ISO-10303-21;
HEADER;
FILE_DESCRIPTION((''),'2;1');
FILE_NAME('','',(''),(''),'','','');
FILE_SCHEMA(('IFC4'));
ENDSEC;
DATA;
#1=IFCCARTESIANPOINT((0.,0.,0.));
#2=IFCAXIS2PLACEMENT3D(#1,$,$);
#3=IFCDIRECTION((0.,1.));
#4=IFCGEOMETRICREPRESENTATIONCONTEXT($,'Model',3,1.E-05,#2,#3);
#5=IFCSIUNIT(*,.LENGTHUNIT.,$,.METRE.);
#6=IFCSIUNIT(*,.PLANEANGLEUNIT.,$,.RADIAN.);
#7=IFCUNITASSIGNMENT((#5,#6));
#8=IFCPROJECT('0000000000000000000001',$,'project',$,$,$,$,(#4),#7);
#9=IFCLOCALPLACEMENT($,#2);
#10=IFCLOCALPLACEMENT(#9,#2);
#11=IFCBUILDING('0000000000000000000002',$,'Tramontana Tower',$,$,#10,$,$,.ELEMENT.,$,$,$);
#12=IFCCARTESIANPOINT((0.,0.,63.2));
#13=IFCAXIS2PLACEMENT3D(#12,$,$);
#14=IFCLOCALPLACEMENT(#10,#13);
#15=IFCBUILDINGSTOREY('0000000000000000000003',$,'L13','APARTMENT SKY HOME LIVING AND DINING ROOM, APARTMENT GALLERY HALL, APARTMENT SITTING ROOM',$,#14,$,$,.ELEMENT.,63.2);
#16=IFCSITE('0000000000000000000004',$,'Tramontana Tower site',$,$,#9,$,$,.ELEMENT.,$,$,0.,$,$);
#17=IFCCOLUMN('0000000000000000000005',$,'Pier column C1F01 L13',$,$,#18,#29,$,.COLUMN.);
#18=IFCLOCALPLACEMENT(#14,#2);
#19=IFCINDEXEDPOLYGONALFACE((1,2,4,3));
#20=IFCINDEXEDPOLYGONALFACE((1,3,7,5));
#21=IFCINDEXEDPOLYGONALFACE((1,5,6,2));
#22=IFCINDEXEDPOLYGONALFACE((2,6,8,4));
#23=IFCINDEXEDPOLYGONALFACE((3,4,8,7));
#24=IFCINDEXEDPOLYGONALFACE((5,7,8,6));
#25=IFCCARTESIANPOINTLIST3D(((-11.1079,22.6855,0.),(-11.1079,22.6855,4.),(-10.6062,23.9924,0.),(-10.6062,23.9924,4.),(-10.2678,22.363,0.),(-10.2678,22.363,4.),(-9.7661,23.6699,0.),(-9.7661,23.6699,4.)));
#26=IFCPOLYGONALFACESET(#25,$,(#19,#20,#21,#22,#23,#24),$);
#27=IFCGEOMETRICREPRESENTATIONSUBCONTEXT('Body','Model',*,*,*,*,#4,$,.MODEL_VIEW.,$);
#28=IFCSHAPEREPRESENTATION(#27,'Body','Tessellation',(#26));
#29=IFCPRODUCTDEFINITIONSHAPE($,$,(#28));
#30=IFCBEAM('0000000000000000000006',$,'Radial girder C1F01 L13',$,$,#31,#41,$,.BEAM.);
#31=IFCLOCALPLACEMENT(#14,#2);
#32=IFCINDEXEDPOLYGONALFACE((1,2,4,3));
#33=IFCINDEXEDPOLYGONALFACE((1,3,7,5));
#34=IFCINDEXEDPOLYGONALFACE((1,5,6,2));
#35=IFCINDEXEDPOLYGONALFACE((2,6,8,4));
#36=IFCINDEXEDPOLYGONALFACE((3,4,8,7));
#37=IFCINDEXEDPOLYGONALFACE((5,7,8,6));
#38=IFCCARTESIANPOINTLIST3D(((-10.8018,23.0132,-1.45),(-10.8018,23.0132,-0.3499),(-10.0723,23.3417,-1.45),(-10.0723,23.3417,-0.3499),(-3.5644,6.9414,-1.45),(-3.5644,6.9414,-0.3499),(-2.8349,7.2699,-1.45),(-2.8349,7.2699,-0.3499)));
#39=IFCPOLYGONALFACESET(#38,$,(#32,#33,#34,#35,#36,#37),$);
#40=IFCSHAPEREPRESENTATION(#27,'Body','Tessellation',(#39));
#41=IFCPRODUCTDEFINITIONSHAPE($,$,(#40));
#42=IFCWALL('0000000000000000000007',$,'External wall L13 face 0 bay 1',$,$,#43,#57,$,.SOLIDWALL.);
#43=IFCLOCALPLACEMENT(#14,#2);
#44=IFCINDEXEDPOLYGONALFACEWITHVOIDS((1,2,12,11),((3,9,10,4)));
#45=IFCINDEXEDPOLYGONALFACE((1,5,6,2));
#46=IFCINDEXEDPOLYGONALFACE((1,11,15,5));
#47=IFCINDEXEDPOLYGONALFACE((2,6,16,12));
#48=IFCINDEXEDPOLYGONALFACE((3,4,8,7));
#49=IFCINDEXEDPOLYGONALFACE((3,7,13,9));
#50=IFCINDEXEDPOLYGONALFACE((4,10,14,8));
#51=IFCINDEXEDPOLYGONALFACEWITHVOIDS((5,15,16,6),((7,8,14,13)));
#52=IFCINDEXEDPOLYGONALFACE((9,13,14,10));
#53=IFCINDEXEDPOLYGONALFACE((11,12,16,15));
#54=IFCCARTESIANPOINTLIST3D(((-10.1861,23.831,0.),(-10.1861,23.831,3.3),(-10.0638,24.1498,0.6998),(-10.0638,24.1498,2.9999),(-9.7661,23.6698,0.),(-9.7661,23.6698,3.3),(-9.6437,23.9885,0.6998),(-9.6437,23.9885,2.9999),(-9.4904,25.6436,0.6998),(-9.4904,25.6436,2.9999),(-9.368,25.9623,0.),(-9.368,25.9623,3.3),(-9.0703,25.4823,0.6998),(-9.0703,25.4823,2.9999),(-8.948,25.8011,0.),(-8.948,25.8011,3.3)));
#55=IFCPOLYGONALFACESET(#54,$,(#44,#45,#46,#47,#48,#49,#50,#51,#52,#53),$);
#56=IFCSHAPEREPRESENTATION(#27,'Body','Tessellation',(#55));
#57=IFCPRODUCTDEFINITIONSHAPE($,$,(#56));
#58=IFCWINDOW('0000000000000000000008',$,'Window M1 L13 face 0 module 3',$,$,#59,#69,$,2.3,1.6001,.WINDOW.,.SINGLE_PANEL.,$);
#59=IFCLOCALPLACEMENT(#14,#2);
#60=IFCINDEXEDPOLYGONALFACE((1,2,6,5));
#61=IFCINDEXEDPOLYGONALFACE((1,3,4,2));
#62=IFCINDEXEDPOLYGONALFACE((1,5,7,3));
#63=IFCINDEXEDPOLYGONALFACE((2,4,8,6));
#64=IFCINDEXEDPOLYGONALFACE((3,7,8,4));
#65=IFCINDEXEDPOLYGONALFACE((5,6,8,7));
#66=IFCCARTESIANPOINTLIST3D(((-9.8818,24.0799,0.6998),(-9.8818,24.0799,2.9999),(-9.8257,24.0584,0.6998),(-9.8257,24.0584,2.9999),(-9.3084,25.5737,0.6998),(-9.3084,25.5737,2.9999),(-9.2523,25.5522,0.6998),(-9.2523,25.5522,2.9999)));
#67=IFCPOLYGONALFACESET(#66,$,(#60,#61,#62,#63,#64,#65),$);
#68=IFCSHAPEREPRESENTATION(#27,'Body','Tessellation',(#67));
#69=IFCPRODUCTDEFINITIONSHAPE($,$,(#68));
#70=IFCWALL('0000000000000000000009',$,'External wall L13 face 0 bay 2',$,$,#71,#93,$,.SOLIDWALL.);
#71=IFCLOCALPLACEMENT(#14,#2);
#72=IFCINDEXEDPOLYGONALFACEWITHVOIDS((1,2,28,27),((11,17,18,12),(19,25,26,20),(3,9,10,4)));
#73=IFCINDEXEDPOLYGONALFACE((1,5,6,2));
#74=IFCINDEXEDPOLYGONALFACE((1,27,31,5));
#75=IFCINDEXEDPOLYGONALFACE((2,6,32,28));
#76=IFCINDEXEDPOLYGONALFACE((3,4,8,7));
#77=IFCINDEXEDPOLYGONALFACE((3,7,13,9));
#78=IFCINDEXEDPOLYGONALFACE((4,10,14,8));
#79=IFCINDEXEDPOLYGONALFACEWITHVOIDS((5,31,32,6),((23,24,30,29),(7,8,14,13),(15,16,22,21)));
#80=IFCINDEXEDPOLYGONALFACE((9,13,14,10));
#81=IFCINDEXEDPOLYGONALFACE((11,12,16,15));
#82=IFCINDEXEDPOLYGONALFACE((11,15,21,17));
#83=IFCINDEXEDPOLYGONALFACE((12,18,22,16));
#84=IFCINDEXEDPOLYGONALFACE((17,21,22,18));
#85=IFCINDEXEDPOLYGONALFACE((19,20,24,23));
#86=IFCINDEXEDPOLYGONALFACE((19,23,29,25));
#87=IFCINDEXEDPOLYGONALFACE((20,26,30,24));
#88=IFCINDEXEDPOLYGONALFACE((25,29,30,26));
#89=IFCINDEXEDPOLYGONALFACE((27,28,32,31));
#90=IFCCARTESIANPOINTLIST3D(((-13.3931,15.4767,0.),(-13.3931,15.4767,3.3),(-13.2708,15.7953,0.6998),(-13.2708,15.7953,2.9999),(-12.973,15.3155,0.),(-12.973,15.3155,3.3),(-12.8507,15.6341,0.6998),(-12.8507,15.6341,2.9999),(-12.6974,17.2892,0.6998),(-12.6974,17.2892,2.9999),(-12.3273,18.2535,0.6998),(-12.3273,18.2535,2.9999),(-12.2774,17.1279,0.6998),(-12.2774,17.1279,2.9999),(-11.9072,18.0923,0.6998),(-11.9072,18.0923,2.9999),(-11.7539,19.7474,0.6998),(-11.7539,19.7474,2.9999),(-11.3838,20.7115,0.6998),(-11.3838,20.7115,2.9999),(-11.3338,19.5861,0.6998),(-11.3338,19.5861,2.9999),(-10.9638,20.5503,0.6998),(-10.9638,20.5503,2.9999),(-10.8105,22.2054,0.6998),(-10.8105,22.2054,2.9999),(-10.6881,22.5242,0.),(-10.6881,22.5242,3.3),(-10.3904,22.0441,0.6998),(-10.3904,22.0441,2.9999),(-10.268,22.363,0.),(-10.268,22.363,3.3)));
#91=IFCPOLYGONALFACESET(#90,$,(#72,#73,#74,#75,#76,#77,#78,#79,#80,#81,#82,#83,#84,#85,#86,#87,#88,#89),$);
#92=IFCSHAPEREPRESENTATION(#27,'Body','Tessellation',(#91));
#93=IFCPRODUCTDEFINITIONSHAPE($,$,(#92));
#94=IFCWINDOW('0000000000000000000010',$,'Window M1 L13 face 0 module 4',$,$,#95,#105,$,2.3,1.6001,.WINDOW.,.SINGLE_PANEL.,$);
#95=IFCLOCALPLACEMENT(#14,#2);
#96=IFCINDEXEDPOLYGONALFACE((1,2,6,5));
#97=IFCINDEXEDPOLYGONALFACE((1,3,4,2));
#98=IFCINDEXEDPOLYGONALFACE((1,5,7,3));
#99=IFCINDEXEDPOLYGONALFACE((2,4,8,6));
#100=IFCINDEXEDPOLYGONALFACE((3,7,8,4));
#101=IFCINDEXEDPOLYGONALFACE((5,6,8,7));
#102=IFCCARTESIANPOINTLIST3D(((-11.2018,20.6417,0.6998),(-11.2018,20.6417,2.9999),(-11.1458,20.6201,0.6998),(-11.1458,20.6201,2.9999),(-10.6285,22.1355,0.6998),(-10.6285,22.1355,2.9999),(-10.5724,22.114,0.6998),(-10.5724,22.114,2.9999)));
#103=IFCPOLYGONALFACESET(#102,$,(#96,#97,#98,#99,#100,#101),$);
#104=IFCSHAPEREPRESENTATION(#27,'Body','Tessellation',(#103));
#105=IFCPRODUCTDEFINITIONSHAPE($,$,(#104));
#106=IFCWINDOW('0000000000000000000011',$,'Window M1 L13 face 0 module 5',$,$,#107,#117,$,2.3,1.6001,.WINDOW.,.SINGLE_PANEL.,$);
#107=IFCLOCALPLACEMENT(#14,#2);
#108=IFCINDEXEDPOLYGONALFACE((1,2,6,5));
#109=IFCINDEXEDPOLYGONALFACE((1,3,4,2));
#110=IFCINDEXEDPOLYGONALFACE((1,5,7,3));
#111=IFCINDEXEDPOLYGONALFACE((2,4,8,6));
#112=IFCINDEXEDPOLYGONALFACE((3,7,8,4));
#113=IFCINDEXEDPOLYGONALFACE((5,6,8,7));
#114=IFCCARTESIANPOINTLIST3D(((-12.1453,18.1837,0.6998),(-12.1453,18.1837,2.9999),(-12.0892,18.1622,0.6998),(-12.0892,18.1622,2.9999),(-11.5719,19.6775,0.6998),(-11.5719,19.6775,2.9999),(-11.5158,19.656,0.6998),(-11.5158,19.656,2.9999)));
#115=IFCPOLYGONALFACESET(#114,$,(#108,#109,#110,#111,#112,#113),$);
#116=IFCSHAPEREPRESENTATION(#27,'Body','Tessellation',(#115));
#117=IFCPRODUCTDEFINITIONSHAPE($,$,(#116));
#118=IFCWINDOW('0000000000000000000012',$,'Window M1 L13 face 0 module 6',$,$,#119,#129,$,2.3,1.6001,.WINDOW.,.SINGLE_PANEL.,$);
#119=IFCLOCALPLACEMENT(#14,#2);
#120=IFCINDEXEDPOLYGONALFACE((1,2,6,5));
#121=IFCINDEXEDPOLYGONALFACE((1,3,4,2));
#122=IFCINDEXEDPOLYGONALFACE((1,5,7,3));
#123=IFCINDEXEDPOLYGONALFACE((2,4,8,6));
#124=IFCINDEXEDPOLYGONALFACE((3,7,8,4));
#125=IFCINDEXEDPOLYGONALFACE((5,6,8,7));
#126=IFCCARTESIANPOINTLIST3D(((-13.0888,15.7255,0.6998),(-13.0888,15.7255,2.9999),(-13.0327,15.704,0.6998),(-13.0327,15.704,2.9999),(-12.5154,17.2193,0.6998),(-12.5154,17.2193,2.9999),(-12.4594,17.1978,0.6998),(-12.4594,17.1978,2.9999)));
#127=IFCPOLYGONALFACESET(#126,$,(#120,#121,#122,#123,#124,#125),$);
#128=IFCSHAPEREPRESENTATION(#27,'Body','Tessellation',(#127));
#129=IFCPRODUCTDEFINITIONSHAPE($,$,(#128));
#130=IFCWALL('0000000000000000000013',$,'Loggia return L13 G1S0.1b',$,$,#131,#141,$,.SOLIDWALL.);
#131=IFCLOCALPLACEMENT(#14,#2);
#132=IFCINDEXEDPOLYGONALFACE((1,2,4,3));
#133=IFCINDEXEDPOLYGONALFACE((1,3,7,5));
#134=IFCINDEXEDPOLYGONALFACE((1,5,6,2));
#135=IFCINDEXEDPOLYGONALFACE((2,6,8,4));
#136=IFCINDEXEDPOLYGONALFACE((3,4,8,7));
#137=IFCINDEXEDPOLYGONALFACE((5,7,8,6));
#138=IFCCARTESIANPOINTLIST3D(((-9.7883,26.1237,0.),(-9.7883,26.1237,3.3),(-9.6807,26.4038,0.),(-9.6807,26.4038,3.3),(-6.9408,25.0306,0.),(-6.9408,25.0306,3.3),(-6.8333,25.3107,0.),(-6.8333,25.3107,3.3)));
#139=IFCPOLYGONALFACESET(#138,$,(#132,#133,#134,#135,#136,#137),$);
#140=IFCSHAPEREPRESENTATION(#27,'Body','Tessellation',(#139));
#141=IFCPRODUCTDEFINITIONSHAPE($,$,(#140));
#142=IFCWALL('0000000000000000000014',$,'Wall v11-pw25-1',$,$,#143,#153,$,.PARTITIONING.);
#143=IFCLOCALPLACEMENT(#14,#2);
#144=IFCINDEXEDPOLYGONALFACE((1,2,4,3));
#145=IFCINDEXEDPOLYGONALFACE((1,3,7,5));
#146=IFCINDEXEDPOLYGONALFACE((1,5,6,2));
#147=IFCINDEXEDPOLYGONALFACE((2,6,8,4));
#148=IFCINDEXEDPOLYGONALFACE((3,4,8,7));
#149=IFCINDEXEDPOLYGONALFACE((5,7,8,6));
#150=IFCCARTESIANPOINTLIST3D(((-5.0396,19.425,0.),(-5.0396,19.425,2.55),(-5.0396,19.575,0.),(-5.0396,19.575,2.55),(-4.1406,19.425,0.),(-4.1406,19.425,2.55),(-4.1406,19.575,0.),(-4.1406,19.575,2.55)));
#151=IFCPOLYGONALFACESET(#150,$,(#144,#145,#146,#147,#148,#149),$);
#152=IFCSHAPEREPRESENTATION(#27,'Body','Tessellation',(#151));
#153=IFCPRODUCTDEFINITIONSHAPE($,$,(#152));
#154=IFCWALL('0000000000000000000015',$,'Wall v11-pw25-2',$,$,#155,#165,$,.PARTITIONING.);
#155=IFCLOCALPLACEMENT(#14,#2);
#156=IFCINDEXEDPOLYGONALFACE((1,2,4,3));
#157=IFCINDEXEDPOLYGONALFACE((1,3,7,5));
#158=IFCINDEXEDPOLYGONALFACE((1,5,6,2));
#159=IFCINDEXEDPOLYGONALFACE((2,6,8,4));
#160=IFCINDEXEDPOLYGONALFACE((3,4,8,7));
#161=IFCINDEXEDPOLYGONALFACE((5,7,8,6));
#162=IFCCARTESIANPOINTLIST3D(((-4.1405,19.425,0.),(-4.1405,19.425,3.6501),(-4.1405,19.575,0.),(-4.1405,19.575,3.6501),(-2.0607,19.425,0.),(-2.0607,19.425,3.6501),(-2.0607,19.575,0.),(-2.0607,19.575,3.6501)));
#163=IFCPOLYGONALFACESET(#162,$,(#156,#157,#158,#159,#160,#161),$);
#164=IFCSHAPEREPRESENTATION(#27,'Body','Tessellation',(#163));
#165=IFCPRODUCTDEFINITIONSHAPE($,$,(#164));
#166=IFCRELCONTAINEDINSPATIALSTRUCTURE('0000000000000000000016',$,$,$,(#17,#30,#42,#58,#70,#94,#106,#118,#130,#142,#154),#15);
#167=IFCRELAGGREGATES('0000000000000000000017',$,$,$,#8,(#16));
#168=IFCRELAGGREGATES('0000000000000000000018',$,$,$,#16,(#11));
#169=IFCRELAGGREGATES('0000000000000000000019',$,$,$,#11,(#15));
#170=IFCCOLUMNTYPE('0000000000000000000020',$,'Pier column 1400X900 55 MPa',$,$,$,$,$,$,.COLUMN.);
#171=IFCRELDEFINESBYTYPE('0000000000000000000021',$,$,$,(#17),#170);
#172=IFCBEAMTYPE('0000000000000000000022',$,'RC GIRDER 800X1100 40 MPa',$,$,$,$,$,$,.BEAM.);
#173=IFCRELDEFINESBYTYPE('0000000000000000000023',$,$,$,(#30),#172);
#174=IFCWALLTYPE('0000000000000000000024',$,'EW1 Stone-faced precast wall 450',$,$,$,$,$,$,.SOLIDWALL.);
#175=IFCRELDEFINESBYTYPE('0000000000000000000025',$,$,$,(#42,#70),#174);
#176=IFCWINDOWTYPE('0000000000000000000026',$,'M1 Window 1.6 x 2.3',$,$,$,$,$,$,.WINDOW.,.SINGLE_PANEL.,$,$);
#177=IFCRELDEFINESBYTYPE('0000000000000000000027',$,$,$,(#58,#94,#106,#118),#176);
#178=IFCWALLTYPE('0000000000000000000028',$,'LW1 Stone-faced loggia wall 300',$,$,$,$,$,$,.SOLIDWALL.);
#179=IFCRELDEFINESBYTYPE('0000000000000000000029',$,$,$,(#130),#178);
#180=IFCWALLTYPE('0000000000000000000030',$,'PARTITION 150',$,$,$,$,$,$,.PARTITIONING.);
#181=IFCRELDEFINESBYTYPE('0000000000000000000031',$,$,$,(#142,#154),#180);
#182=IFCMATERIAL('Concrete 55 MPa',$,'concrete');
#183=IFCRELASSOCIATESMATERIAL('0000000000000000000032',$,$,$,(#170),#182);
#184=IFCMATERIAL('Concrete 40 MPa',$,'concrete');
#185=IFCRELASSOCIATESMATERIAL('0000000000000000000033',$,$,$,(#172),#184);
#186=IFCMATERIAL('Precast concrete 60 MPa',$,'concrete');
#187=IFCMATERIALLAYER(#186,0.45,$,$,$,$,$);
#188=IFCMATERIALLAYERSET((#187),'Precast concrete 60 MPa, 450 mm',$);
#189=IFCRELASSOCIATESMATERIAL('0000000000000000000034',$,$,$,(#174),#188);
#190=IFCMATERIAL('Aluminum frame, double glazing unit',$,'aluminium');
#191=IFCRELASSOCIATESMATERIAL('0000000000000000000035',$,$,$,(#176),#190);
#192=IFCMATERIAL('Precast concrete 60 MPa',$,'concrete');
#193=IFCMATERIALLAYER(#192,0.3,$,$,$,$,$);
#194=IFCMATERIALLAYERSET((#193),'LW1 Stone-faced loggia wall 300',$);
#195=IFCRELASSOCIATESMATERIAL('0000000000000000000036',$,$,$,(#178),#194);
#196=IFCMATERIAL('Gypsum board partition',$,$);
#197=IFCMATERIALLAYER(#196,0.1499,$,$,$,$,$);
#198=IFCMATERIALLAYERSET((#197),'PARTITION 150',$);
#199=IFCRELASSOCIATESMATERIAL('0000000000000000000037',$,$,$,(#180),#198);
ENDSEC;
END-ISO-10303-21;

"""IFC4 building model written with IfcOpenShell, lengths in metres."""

from ifc_helpers import new_model, si_unit, direction, frame, frame_2d, origin, origin_2d, place, context, subcontext, project, spatial, rectangle, extrude, material, layer, layer_set, material_profile, profile_set, type_object, element, fill, save


model = new_model("IFC4")

# Units and contexts
model_context = context("Model", 3, precision=1e-05, world=origin(), true_north=direction((0.0, 1.0)))
body_context = subcontext(model_context, "Body", "Model", "MODEL_VIEW")
ifc_project = project(units=[si_unit("LENGTHUNIT", "METRE"), si_unit("PLANEANGLEUNIT", "RADIAN")], contexts=[model_context])

# Site, building, storey
site_placement = place(None, origin())
site = spatial("IfcSite", under=ifc_project, at=site_placement, Name="Tramontana Tower site", CompositionType="ELEMENT", RefElevation=0.0)
building_placement = place(site_placement, origin())
building = spatial("IfcBuilding", under=site, at=building_placement, Name="Tramontana Tower", CompositionType="ELEMENT")
storey_placement = place(building_placement, frame((0.0, 0.0, 63.2)))
storey = spatial("IfcBuildingStorey", under=building, at=storey_placement, Name="L13", Description="APARTMENT SKY HOME LIVING AND DINING ROOM, APARTMENT GALLERY HALL, APARTMENT SITTING ROOM", CompositionType="ELEMENT", Elevation=63.2)

# Column
ifc_material_1 = material(Name="Concrete 55 MPa", Category="concrete")
ifc_material_profile_1 = material_profile(ifc_material_1, rectangle(XDim=1.3999, YDim=0.8999, at=origin_2d()), Name="Pier column 1400X900 55 MPa")
ifc_profile_set_1 = profile_set([ifc_material_profile_1], Name="Concrete 55 MPa")
column_type = type_object("IfcColumnType", Name="Pier column 1400X900 55 MPa", PredefinedType="COLUMN", material=ifc_profile_set_1)
column_placement = place(storey_placement, frame((-10.437, 23.1777, 0.0), z_axis=(0.0, 0.0, 1.0), x_axis=(-0.358368, -0.93358, 0.0)))
element("IfcColumn", 1, at=column_placement, inside=storey, type_object=column_type, Name="Pier column C1F01 L13", PredefinedType="COLUMN", context=body_context, shape_type="SweptSolid", body=[
    extrude(rectangle(XDim=1.3999, YDim=0.8999, at=origin_2d()), origin(), (0.0, 0.0, 1.0), 4.0),
])

# Beam
ifc_material_2 = material(Name="Concrete 40 MPa", Category="concrete")
ifc_material_profile_2 = material_profile(ifc_material_2, rectangle(XDim=0.8, YDim=1.1001, at=origin_2d()), Name="RC GIRDER 800X1100 40 MPa")
ifc_profile_set_2 = profile_set([ifc_material_profile_2], Name="Concrete 40 MPa")
beam_type = type_object("IfcBeamType", Name="RC GIRDER 800X1100 40 MPa", PredefinedType="BEAM", material=ifc_profile_set_2)
beam_placement = place(storey_placement, frame((-10.437, 23.1775, -0.8999), z_axis=(0.410601, -0.911815, 0.0), x_axis=(0.911815, 0.410601, 0.0)))
element("IfcBeam", 2, at=beam_placement, inside=storey, type_object=beam_type, Name="Radial girder C1F01 L13", PredefinedType="BEAM", context=body_context, shape_type="SweptSolid", body=[
    extrude(rectangle(XDim=0.8, YDim=1.1001, at=origin_2d()), origin(), (0.0, 0.0, 1.0), 17.6262),
])

# Wall, opening, window
ifc_material_3 = material(Name="Precast concrete 60 MPa", Category="concrete")
ifc_layer_1 = layer(ifc_material_3, 0.45)
ifc_layer_set_1 = layer_set([ifc_layer_1], Name="Precast concrete 60 MPa, 450 mm")
wall_type_1 = type_object("IfcWallType", Name="EW1 Stone-faced precast wall 450", PredefinedType="SOLIDWALL", material=ifc_layer_set_1)
wall_1_placement = place(storey_placement, frame((-9.158, 25.8818, 0.0), z_axis=(0.0, 0.0, 1.0), x_axis=(-0.358356, -0.933585, 0.0)))
wall_1 = element("IfcWall", 3, at=wall_1_placement, inside=storey, type_object=wall_type_1, Name="External wall L13 face 0 bay 1", PredefinedType="SOLIDWALL", context=body_context, shape_type="SweptSolid", body=[
    extrude(rectangle(XDim=2.283, YDim=0.45, at=frame_2d((1.1416, 0.0))), origin(), (0.0, 0.0, 1.0), 3.3),
])
opening_1_placement = place(wall_1_placement, frame((0.3416, 0.0, 0.7)))
opening_1 = element("IfcOpeningElement", 4, at=opening_1_placement, cuts=wall_1, PredefinedType="OPENING", context=body_context, shape_type="SweptSolid", body=[
    extrude(rectangle(XDim=1.6001, YDim=2.3, at=frame_2d((0.8, 1.1499))), frame((0.0, 0.2349, 0.0), z_axis=(0.0, -1.0, 0.0), x_axis=(1.0, 0.0, 0.0)), (0.0, 0.0, 1.0), 0.47),
])
ifc_material_4 = material(Name="Aluminum frame, double glazing unit", Category="aluminium")
window_type = type_object("IfcWindowType", Name="M1 Window 1.6 x 2.3", PartitioningType="SINGLE_PANEL", PredefinedType="WINDOW", material=ifc_material_4)
window_1_placement = place(opening_1_placement, origin())
window_1 = element("IfcWindow", 5, at=window_1_placement, inside=storey, type_object=window_type, Name="Window M1 L13 face 0 module 3", OverallHeight=2.3, OverallWidth=1.6001, PartitioningType="SINGLE_PANEL", PredefinedType="WINDOW", context=body_context, shape_type="SweptSolid", body=[
    extrude(rectangle(XDim=1.6001, YDim=2.3, at=frame_2d((0.8, 1.1499))), frame((0.0, 0.03, 0.0), z_axis=(0.0, -1.0, 0.0), x_axis=(1.0, 0.0, 0.0)), (0.0, 0.0, 1.0), 0.0601),
])
fill(opening_1, window_1)

# Wall, openings, windows
wall_2_placement = place(storey_placement, frame((-10.478, 22.4436, 0.0), z_axis=(0.0, 0.0, 1.0), x_axis=(-0.35834, -0.933591, 0.0)))
wall_2 = element("IfcWall", 6, at=wall_2_placement, inside=storey, type_object=wall_type_1, Name="External wall L13 face 0 bay 2", PredefinedType="SOLIDWALL", context=body_context, shape_type="SweptSolid", body=[
    extrude(rectangle(XDim=7.5488, YDim=0.45, at=frame_2d((3.7744, 0.0))), origin(), (0.0, 0.0, 1.0), 3.3),
])
opening_2_placement = place(wall_2_placement, frame((0.3416, 0.0, 0.7)))
opening_2 = element("IfcOpeningElement", 7, at=opening_2_placement, cuts=wall_2, PredefinedType="OPENING", context=body_context, shape_type="SweptSolid", body=[
    extrude(rectangle(XDim=1.6001, YDim=2.3, at=frame_2d((0.8, 1.1499))), frame((0.0, 0.2349, 0.0), z_axis=(0.0, -1.0, 0.0), x_axis=(1.0, 0.0, 0.0)), (0.0, 0.0, 1.0), 0.47),
])
opening_3_placement = place(wall_2_placement, frame((2.9744, 0.0, 0.7)))
opening_3 = element("IfcOpeningElement", 8, at=opening_3_placement, cuts=wall_2, PredefinedType="OPENING", context=body_context, shape_type="SweptSolid", body=[
    extrude(rectangle(XDim=1.6001, YDim=2.3, at=frame_2d((0.8, 1.1499))), frame((0.0, 0.2349, 0.0), z_axis=(0.0, -1.0, 0.0), x_axis=(1.0, 0.0, 0.0)), (0.0, 0.0, 1.0), 0.47),
])
opening_4_placement = place(wall_2_placement, frame((5.6074, 0.0, 0.7)))
opening_4 = element("IfcOpeningElement", 9, at=opening_4_placement, cuts=wall_2, PredefinedType="OPENING", context=body_context, shape_type="SweptSolid", body=[
    extrude(rectangle(XDim=1.6001, YDim=2.3, at=frame_2d((0.8, 1.1499))), frame((0.0, 0.2349, 0.0), z_axis=(0.0, -1.0, 0.0), x_axis=(1.0, 0.0, 0.0)), (0.0, 0.0, 1.0), 0.47),
])
window_2_placement = place(opening_2_placement, origin())
window_2 = element("IfcWindow", 10, at=window_2_placement, inside=storey, type_object=window_type, Name="Window M1 L13 face 0 module 4", OverallHeight=2.3, OverallWidth=1.6001, PartitioningType="SINGLE_PANEL", PredefinedType="WINDOW", context=body_context, shape_type="SweptSolid", body=[
    extrude(rectangle(XDim=1.6001, YDim=2.3, at=frame_2d((0.8, 1.1499))), frame((0.0, 0.03, 0.0), z_axis=(0.0, -1.0, 0.0), x_axis=(1.0, 0.0, 0.0)), (0.0, 0.0, 1.0), 0.0601),
])
fill(opening_2, window_2)
window_3_placement = place(opening_3_placement, origin())
window_3 = element("IfcWindow", 11, at=window_3_placement, inside=storey, type_object=window_type, Name="Window M1 L13 face 0 module 5", OverallHeight=2.3, OverallWidth=1.6001, PartitioningType="SINGLE_PANEL", PredefinedType="WINDOW", context=body_context, shape_type="SweptSolid", body=[
    extrude(rectangle(XDim=1.6001, YDim=2.3, at=frame_2d((0.8, 1.1499))), frame((0.0, 0.03, 0.0), z_axis=(0.0, -1.0, 0.0), x_axis=(1.0, 0.0, 0.0)), (0.0, 0.0, 1.0), 0.0601),
])
fill(opening_3, window_3)
window_4_placement = place(opening_4_placement, origin())
window_4 = element("IfcWindow", 12, at=window_4_placement, inside=storey, type_object=window_type, Name="Window M1 L13 face 0 module 6", OverallHeight=2.3, OverallWidth=1.6001, PartitioningType="SINGLE_PANEL", PredefinedType="WINDOW", context=body_context, shape_type="SweptSolid", body=[
    extrude(rectangle(XDim=1.6001, YDim=2.3, at=frame_2d((0.8, 1.1499))), frame((0.0, 0.03, 0.0), z_axis=(0.0, -1.0, 0.0), x_axis=(1.0, 0.0, 0.0)), (0.0, 0.0, 1.0), 0.0601),
])
fill(opening_4, window_4)

# Shared definitions
ifc_material_5 = material(Name="Precast concrete 60 MPa", Category="concrete")
ifc_layer_2 = layer(ifc_material_5, 0.3)
ifc_layer_set_2 = layer_set([ifc_layer_2], Name="LW1 Stone-faced loggia wall 300")
wall_type_2 = type_object("IfcWallType", Name="LW1 Stone-faced loggia wall 300", PredefinedType="SOLIDWALL", material=ifc_layer_set_2)

# Wall
wall_3_placement = place(storey_placement, frame((-9.7344, 26.2637, 0.0), z_axis=(0.0, 0.0, 1.0), x_axis=(0.933581, -0.358368, 0.0)))
element("IfcWall", 13, at=wall_3_placement, inside=storey, type_object=wall_type_2, Name="Loggia return L13 G1S0.1b", PredefinedType="SOLIDWALL", context=body_context, shape_type="SweptSolid", body=[
    extrude(rectangle(XDim=3.05, YDim=0.3, at=frame_2d((1.5249, 0.0))), origin(), (0.0, 0.0, 1.0), 3.3),
])

# Shared definitions
ifc_material_6 = material(Name="Gypsum board partition")
ifc_layer_3 = layer(ifc_material_6, 0.1499)
ifc_layer_set_3 = layer_set([ifc_layer_3], Name="PARTITION 150")
wall_type_3 = type_object("IfcWallType", Name="PARTITION 150", PredefinedType="PARTITIONING", material=ifc_layer_set_3)

# Walls
wall_4_placement = place(storey_placement, frame((-5.0396, 19.5, 0.0), z_axis=(0.0, 0.0, 1.0), x_axis=(1.0, 0.0, 0.0)))
element("IfcWall", 14, at=wall_4_placement, inside=storey, type_object=wall_type_3, Name="Wall v11-pw25-1", PredefinedType="PARTITIONING", context=body_context, shape_type="SweptSolid", body=[
    extrude(rectangle(XDim=0.8989, YDim=0.1499, at=frame_2d((0.4495, 0.0))), origin(), (0.0, 0.0, 1.0), 2.55),
])
wall_5_placement = place(storey_placement, frame((-4.1406, 19.5, 0.0), z_axis=(0.0, 0.0, 1.0), x_axis=(1.0, 0.0, 0.0)))
element("IfcWall", 15, at=wall_5_placement, inside=storey, type_object=wall_type_3, Name="Wall v11-pw25-2", PredefinedType="PARTITIONING", context=body_context, shape_type="SweptSolid", body=[
    extrude(rectangle(XDim=2.0798, YDim=0.1499, at=frame_2d((1.04, 0.0))), origin(), (0.0, 0.0, 1.0), 3.6501),
])

save(model, "model.ifc")
